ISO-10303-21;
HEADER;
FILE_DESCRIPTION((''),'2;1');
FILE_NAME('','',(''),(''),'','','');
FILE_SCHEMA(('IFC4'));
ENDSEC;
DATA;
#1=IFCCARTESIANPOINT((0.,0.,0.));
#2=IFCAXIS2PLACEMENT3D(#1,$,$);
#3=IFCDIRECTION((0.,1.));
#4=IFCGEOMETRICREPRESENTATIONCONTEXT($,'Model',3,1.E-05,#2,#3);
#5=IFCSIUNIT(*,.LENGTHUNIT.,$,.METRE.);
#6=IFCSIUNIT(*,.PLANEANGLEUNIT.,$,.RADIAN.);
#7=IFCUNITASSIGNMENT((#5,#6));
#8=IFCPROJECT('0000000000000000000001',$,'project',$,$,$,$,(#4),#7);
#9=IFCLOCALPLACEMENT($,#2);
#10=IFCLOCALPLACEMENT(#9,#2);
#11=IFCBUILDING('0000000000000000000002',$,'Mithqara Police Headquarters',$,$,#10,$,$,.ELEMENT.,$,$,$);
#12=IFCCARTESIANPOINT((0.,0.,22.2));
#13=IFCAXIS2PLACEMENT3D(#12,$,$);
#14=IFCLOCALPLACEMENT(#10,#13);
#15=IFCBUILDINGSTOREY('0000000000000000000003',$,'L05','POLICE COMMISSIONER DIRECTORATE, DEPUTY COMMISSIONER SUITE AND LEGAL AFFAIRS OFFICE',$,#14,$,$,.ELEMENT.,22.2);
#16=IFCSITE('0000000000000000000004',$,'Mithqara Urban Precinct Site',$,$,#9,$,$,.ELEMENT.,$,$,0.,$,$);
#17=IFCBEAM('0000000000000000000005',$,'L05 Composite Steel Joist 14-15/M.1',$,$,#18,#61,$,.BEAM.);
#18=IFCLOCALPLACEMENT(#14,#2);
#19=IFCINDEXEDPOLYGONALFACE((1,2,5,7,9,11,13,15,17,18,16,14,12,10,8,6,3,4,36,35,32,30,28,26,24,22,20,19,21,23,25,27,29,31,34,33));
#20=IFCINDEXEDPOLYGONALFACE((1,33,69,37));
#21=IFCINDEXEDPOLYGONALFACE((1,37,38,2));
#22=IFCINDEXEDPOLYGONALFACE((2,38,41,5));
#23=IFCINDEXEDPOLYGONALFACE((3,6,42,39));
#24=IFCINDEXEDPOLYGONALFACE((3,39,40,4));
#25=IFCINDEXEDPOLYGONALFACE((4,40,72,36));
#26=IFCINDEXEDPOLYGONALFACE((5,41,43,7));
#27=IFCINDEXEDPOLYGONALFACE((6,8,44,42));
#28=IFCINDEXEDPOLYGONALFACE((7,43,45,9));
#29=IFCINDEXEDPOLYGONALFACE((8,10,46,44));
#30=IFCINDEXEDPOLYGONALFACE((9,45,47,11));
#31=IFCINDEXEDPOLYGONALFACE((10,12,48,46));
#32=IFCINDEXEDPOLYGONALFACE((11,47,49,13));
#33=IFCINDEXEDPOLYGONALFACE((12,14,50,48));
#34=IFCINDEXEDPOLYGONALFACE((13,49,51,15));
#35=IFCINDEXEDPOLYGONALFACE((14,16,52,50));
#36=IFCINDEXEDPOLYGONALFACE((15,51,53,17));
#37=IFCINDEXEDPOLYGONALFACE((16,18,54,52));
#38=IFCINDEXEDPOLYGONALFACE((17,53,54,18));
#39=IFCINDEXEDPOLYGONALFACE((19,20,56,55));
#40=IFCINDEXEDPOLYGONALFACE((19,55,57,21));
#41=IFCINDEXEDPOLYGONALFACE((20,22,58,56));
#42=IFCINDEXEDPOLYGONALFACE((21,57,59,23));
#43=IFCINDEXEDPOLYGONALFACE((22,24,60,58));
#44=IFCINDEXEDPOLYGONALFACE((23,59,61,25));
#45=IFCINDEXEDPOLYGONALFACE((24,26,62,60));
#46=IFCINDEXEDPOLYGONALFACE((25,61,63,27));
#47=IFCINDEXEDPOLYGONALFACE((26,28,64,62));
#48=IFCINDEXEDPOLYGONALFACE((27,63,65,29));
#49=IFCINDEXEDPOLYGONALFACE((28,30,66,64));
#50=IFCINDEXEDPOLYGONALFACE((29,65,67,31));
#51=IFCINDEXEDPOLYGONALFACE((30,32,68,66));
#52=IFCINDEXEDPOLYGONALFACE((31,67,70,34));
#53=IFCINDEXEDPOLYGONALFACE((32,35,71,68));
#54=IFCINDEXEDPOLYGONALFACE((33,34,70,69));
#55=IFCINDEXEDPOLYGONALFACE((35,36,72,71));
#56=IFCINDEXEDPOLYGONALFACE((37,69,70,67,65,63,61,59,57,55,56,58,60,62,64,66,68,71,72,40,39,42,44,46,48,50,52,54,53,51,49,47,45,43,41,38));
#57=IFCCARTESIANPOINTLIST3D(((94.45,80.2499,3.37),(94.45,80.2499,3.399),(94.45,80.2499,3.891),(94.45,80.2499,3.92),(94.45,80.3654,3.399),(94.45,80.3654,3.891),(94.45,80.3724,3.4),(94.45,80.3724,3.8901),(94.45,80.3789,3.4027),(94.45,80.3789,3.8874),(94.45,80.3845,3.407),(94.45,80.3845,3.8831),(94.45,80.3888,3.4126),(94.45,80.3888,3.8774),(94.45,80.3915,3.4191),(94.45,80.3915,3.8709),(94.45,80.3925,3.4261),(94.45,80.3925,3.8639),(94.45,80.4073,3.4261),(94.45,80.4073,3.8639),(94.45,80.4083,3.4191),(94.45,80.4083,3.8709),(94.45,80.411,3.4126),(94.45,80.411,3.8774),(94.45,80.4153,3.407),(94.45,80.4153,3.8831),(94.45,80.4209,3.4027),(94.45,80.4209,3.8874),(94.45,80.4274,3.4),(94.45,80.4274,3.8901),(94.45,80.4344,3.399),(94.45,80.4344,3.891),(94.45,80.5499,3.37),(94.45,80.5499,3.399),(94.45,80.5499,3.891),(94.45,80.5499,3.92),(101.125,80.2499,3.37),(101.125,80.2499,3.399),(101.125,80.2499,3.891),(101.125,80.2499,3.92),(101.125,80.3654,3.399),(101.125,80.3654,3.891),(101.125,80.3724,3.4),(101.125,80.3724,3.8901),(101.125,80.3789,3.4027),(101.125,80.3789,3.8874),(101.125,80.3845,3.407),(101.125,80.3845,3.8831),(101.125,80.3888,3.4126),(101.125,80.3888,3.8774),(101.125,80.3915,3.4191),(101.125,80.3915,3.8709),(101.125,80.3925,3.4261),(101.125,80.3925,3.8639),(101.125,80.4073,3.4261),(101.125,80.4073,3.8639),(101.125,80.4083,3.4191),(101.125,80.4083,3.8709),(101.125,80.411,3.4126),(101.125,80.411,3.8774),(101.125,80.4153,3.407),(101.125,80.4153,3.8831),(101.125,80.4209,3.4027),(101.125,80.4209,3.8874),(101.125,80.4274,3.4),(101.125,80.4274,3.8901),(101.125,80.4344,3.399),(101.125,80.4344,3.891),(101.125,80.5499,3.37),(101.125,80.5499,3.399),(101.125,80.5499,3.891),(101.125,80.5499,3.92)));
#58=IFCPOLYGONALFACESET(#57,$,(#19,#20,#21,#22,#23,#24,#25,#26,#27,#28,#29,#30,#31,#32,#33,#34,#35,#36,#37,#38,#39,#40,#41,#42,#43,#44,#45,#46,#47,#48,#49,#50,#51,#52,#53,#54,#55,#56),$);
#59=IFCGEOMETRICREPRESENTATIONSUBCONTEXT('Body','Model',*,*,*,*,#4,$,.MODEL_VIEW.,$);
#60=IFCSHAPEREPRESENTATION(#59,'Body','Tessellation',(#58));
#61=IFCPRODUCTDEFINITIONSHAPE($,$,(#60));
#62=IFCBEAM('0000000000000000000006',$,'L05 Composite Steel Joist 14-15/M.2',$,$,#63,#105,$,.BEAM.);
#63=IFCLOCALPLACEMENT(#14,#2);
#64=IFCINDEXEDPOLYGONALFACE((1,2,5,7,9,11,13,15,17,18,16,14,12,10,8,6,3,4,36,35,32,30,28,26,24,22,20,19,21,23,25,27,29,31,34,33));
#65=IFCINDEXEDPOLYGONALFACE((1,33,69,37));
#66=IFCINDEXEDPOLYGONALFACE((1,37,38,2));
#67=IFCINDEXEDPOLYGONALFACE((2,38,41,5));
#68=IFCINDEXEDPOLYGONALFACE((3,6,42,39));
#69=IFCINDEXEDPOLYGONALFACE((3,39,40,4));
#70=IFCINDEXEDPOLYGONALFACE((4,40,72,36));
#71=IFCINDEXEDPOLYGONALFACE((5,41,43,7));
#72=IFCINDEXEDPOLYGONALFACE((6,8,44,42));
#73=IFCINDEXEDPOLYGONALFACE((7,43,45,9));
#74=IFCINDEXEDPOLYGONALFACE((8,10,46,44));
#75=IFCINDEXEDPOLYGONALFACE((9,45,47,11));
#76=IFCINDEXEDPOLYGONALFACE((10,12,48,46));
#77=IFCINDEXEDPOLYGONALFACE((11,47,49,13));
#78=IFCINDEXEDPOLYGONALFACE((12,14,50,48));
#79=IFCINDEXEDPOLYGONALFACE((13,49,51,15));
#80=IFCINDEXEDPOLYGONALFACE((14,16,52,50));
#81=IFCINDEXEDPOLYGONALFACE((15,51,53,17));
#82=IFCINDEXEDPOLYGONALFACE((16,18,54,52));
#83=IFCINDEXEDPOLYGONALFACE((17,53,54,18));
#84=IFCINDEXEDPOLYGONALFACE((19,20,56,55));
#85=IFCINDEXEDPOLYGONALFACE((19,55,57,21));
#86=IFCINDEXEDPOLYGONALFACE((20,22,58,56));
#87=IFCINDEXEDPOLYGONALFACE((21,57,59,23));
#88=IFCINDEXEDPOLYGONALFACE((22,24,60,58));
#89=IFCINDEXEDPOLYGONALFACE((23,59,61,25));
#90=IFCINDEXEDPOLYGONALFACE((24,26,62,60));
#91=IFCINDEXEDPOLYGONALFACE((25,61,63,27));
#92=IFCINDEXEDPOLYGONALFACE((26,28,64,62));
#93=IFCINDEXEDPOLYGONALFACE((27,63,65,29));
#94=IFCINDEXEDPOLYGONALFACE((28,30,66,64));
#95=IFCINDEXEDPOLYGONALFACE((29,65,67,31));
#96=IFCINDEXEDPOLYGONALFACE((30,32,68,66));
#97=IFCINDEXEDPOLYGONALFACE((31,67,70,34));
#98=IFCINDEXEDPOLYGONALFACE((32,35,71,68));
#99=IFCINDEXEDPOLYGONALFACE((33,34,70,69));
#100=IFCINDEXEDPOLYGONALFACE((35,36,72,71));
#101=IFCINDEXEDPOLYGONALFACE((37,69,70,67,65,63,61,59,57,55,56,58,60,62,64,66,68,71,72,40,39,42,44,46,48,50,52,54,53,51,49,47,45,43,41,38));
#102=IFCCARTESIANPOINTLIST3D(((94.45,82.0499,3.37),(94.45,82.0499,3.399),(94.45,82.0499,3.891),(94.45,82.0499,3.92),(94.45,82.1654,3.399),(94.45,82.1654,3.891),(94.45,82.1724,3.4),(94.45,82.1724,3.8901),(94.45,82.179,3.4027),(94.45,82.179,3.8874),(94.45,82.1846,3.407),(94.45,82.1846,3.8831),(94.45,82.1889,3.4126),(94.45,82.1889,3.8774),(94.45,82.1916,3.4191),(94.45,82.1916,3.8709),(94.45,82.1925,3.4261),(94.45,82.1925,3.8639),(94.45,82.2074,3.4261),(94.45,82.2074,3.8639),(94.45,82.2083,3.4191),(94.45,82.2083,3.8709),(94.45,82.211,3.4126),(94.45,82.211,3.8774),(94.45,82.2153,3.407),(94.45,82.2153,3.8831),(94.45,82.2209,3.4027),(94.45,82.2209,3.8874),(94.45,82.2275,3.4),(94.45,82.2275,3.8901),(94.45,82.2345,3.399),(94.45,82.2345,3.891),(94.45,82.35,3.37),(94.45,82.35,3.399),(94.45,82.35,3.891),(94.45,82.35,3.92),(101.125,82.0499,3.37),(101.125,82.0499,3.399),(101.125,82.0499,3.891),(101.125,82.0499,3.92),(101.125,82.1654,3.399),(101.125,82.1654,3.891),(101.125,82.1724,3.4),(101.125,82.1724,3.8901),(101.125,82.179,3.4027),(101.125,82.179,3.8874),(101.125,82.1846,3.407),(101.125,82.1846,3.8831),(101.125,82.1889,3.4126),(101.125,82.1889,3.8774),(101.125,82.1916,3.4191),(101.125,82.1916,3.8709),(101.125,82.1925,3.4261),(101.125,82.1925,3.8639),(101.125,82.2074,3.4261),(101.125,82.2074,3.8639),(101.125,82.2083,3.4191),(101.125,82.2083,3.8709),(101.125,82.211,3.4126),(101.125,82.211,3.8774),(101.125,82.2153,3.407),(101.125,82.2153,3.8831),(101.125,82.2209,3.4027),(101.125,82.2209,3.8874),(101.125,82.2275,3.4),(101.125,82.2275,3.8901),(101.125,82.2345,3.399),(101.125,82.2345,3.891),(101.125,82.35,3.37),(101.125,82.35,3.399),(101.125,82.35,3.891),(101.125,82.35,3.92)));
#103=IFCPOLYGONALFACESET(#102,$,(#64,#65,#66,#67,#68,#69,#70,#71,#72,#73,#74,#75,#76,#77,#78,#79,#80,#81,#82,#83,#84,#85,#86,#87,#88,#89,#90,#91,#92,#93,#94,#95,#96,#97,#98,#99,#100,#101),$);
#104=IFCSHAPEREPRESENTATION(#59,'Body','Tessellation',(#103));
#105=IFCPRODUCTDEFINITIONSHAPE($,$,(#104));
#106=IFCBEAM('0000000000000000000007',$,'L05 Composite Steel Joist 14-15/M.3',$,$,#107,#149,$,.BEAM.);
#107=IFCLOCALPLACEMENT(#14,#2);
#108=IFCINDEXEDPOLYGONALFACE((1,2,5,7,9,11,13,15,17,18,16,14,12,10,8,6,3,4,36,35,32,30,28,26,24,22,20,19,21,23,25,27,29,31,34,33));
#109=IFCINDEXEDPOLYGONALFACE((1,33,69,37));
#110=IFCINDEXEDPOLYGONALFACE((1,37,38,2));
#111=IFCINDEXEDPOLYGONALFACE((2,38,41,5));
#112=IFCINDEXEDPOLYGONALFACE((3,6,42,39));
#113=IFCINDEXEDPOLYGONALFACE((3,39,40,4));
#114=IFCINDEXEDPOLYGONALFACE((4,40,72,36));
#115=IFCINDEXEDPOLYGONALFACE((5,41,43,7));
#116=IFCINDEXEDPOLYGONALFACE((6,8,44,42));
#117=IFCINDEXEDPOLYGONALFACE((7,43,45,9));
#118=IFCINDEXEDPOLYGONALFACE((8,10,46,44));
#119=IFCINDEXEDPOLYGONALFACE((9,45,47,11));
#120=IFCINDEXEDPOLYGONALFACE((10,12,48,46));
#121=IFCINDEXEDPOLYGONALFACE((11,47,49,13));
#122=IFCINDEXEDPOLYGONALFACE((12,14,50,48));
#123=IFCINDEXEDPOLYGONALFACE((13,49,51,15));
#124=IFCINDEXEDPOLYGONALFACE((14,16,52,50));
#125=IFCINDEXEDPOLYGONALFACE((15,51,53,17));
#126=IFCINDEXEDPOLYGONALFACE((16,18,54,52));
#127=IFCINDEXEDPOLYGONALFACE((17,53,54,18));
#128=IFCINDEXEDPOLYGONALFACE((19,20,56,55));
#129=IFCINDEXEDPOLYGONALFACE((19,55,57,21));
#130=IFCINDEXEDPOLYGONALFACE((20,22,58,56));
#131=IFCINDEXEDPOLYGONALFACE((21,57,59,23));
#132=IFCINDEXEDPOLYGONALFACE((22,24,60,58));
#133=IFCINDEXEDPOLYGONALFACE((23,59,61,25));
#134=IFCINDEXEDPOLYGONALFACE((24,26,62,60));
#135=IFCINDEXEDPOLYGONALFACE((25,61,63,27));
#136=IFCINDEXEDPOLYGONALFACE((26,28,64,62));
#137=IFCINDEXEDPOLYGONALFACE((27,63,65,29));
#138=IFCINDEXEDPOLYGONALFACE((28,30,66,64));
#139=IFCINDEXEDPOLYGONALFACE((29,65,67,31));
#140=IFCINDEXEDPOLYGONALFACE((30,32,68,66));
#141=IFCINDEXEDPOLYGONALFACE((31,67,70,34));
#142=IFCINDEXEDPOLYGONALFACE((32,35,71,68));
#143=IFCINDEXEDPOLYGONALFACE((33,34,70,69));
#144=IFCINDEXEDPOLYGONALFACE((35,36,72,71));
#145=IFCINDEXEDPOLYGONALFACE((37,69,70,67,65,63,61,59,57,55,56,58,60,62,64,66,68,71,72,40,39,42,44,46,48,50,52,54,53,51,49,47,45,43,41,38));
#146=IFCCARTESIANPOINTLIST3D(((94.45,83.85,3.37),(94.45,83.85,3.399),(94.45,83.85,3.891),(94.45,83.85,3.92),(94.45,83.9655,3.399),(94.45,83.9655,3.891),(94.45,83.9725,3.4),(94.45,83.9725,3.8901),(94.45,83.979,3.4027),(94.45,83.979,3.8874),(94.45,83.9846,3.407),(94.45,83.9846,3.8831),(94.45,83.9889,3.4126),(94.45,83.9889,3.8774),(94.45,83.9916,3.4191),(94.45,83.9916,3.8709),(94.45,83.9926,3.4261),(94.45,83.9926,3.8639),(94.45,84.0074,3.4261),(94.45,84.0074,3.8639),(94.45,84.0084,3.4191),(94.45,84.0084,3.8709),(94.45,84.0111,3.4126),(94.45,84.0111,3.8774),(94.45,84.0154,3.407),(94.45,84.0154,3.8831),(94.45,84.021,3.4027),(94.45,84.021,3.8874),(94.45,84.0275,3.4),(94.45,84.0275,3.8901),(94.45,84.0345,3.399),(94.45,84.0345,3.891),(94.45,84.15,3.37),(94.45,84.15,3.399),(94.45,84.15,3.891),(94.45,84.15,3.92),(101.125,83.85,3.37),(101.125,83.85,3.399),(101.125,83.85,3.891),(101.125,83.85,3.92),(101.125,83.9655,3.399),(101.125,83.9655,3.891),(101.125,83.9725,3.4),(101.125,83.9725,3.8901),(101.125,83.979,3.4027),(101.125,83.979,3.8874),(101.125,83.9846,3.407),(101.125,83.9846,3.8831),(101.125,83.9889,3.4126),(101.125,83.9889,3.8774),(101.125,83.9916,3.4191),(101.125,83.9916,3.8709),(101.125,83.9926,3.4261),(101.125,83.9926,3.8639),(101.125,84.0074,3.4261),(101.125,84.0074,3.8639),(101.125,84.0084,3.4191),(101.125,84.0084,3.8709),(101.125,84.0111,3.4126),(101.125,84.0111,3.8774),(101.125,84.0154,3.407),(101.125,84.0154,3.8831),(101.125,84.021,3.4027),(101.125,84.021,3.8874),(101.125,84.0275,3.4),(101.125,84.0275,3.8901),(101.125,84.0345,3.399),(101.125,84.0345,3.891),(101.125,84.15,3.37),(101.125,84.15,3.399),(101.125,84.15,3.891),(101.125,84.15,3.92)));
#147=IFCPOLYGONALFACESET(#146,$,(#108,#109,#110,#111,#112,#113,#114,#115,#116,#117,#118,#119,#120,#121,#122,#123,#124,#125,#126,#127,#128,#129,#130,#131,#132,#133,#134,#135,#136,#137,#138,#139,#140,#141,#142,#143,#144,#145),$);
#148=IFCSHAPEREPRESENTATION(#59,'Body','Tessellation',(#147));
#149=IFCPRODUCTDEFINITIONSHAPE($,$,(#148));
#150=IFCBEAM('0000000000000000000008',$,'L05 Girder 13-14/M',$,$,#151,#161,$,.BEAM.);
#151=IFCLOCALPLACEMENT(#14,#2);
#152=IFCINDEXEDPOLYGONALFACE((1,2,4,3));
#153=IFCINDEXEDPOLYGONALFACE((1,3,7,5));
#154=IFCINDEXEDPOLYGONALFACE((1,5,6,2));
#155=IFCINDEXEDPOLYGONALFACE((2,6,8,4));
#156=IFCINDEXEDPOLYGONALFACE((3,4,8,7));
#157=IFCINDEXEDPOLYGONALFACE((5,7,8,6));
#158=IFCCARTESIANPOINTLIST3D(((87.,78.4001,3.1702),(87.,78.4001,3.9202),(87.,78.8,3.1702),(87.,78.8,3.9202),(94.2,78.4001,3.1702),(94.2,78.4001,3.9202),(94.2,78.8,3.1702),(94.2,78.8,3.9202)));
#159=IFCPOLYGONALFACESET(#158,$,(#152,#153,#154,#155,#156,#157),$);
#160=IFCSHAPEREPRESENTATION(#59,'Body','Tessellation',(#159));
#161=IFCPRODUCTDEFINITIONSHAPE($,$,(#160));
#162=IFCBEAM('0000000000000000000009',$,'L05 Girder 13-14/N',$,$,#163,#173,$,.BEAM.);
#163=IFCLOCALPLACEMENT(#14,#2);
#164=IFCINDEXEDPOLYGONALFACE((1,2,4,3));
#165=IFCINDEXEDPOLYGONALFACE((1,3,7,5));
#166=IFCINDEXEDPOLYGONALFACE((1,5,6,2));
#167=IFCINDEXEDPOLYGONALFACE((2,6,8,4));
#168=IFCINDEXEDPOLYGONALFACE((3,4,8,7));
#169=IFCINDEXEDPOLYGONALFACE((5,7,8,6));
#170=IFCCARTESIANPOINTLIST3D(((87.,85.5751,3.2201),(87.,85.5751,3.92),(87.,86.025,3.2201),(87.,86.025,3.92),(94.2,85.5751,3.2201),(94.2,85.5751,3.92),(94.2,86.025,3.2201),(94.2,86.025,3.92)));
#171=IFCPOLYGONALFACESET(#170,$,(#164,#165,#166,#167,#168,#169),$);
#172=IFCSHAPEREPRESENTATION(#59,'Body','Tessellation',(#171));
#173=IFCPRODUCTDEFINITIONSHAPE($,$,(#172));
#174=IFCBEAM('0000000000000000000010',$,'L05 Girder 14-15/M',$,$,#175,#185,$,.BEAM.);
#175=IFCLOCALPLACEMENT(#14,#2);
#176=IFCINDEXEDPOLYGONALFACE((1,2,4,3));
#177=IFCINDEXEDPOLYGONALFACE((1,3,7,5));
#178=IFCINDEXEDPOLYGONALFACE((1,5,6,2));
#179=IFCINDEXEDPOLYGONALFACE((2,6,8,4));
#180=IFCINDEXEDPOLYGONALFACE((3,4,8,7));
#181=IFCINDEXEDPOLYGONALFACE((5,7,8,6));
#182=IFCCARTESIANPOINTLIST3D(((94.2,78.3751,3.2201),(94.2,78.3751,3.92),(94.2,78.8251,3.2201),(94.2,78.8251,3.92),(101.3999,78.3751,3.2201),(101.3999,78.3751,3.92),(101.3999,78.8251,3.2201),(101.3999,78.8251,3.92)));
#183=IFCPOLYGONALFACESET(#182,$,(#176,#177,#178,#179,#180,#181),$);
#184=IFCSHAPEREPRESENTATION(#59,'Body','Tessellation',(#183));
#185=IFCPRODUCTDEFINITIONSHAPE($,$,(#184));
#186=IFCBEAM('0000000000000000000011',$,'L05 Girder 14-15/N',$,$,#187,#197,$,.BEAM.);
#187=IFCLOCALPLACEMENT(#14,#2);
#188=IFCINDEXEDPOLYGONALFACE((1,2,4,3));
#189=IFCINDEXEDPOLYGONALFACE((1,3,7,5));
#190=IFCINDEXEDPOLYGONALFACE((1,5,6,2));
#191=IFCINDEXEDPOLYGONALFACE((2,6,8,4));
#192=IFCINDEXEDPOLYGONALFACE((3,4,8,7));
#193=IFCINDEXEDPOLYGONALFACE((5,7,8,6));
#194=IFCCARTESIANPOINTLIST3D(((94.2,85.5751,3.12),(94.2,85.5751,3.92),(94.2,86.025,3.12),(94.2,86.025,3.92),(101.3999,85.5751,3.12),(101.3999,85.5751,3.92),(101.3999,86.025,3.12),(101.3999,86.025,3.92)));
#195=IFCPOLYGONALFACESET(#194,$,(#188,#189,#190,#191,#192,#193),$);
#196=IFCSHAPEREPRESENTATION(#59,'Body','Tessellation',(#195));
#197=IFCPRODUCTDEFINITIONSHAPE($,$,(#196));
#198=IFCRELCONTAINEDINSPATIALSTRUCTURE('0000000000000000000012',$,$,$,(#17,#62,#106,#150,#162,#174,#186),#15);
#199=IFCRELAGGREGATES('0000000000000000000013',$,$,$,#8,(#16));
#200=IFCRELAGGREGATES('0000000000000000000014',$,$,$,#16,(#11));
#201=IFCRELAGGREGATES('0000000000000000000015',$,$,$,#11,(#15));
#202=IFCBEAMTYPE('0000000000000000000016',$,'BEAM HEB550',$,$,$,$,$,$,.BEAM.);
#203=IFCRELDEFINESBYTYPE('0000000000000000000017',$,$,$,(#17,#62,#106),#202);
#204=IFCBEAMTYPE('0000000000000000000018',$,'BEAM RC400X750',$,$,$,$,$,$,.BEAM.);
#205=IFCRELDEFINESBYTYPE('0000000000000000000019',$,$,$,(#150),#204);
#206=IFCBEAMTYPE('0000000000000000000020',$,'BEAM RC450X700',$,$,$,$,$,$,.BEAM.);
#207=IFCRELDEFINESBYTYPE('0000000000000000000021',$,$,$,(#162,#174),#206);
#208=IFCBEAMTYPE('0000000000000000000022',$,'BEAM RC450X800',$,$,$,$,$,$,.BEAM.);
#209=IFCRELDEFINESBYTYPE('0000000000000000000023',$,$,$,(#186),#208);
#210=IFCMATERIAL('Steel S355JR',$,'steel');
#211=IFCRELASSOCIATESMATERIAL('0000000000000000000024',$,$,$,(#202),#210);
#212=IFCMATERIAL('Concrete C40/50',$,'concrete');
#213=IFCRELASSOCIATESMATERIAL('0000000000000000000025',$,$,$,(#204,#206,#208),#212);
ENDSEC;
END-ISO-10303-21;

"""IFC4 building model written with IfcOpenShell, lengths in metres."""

from ifc_helpers import new_model, si_unit, direction, frame, origin, origin_2d, place, context, subcontext, project, spatial, rectangle, i_section, extrude, material, material_profile, profile_set, type_object, element, save


model = new_model("IFC4")

# Units and contexts
model_context = context("Model", 3, precision=1e-05, world=origin(), true_north=direction((0.0, 1.0)))
body_context = subcontext(model_context, "Body", "Model", "MODEL_VIEW")
ifc_project = project(units=[si_unit("LENGTHUNIT", "METRE"), si_unit("PLANEANGLEUNIT", "RADIAN")], contexts=[model_context])

# Site, building, storey
site_placement = place(None, origin())
site = spatial("IfcSite", under=ifc_project, at=site_placement, Name="Mithqara Urban Precinct Site", CompositionType="ELEMENT", RefElevation=0.0)
building_placement = place(site_placement, origin())
building = spatial("IfcBuilding", under=site, at=building_placement, Name="Mithqara Police Headquarters", CompositionType="ELEMENT")
storey_placement = place(building_placement, frame((0.0, 0.0, 22.2)))
storey = spatial("IfcBuildingStorey", under=building, at=storey_placement, Name="L05", Description="POLICE COMMISSIONER DIRECTORATE, DEPUTY COMMISSIONER SUITE AND LEGAL AFFAIRS OFFICE", CompositionType="ELEMENT", Elevation=22.2)

# Beams
ifc_material_1 = material(Name="Steel S355JR", Category="steel")
ifc_material_profile_1 = material_profile(ifc_material_1, i_section(OverallWidth=0.3, OverallDepth=0.55, WebThickness=0.0149, FlangeThickness=0.0291, FilletRadius=0.0271, at=origin_2d()), Name="HEB 550")
ifc_profile_set_1 = profile_set([ifc_material_profile_1], Name="Steel S355JR")
beam_type_1 = type_object("IfcBeamType", Name="BEAM HEB550", PredefinedType="BEAM", material=ifc_profile_set_1)
for number, where, z_axis, x_axis, name in (
    (1, (94.45, 80.3999, 3.645), (1.0, 0.0, 0.0), (0.0, 1.0, 0.0), "L05 Composite Steel Joist 14-15/M.1"),
    (2, (94.45, 82.2, 3.645), (1.0, 0.0, 0.0), (0.0, 1.0, 0.0), "L05 Composite Steel Joist 14-15/M.2"),
    (3, (94.45, 84.0, 3.645), (1.0, 0.0, 0.0), (0.0, 1.0, 0.0), "L05 Composite Steel Joist 14-15/M.3"),
):
    element("IfcBeam", number, at=place(storey_placement, frame(where, z_axis=z_axis, x_axis=x_axis)), inside=storey, type_object=beam_type_1, Name=name, PredefinedType="BEAM", context=body_context, shape_type="SweptSolid", body=[
        extrude(i_section(OverallWidth=0.3, OverallDepth=0.55, WebThickness=0.0149, FlangeThickness=0.0291, FilletRadius=0.0271, at=origin_2d()), origin(), (0.0, 0.0, 1.0), 6.675),
    ])
ifc_material_2 = material(Name="Concrete C40/50", Category="concrete")
ifc_material_profile_2 = material_profile(ifc_material_2, rectangle(XDim=0.3999, YDim=0.75, at=origin_2d()), Name="RC 400x750")
ifc_profile_set_2 = profile_set([ifc_material_profile_2], Name="Concrete C40/50")
beam_type_2 = type_object("IfcBeamType", Name="BEAM RC400X750", PredefinedType="BEAM", material=ifc_profile_set_2)
beam_1_placement = place(storey_placement, frame((87.0, 78.6001, 3.5452), z_axis=(1.0, 0.0, 0.0), x_axis=(0.0, 1.0, 0.0)))
element("IfcBeam", 4, at=beam_1_placement, inside=storey, type_object=beam_type_2, Name="L05 Girder 13-14/M", PredefinedType="BEAM", context=body_context, shape_type="SweptSolid", body=[
    extrude(rectangle(XDim=0.3999, YDim=0.75, at=origin_2d()), origin(), (0.0, 0.0, 1.0), 7.2),
])
ifc_material_profile_3 = material_profile(ifc_material_2, rectangle(XDim=0.45, YDim=0.7, at=origin_2d()), Name="RC 450x700")
ifc_profile_set_3 = profile_set([ifc_material_profile_3], Name="Concrete C40/50")
beam_type_3 = type_object("IfcBeamType", Name="BEAM RC450X700", PredefinedType="BEAM", material=ifc_profile_set_3)
for number, where, z_axis, x_axis, name in (
    (5, (87.0, 85.8, 3.5701), (1.0, 0.0, 0.0), (0.0, 1.0, 0.0), "L05 Girder 13-14/N"),
    (6, (94.2, 78.6001, 3.5701), (1.0, 0.0, 0.0), (0.0, 1.0, 0.0), "L05 Girder 14-15/M"),
):
    element("IfcBeam", number, at=place(storey_placement, frame(where, z_axis=z_axis, x_axis=x_axis)), inside=storey, type_object=beam_type_3, Name=name, PredefinedType="BEAM", context=body_context, shape_type="SweptSolid", body=[
        extrude(rectangle(XDim=0.45, YDim=0.7, at=origin_2d()), origin(), (0.0, 0.0, 1.0), 7.2),
    ])
ifc_material_profile_4 = material_profile(ifc_material_2, rectangle(XDim=0.45, YDim=0.8, at=origin_2d()), Name="RC 450x800")
ifc_profile_set_4 = profile_set([ifc_material_profile_4], Name="Concrete C40/50")
beam_type_4 = type_object("IfcBeamType", Name="BEAM RC450X800", PredefinedType="BEAM", material=ifc_profile_set_4)
beam_2_placement = place(storey_placement, frame((94.2, 85.8, 3.52), z_axis=(1.0, 0.0, 0.0), x_axis=(0.0, 1.0, 0.0)))
element("IfcBeam", 7, at=beam_2_placement, inside=storey, type_object=beam_type_4, Name="L05 Girder 14-15/N", PredefinedType="BEAM", context=body_context, shape_type="SweptSolid", body=[
    extrude(rectangle(XDim=0.45, YDim=0.8, at=origin_2d()), origin(), (0.0, 0.0, 1.0), 7.2),
])

save(model, "model.ifc")
